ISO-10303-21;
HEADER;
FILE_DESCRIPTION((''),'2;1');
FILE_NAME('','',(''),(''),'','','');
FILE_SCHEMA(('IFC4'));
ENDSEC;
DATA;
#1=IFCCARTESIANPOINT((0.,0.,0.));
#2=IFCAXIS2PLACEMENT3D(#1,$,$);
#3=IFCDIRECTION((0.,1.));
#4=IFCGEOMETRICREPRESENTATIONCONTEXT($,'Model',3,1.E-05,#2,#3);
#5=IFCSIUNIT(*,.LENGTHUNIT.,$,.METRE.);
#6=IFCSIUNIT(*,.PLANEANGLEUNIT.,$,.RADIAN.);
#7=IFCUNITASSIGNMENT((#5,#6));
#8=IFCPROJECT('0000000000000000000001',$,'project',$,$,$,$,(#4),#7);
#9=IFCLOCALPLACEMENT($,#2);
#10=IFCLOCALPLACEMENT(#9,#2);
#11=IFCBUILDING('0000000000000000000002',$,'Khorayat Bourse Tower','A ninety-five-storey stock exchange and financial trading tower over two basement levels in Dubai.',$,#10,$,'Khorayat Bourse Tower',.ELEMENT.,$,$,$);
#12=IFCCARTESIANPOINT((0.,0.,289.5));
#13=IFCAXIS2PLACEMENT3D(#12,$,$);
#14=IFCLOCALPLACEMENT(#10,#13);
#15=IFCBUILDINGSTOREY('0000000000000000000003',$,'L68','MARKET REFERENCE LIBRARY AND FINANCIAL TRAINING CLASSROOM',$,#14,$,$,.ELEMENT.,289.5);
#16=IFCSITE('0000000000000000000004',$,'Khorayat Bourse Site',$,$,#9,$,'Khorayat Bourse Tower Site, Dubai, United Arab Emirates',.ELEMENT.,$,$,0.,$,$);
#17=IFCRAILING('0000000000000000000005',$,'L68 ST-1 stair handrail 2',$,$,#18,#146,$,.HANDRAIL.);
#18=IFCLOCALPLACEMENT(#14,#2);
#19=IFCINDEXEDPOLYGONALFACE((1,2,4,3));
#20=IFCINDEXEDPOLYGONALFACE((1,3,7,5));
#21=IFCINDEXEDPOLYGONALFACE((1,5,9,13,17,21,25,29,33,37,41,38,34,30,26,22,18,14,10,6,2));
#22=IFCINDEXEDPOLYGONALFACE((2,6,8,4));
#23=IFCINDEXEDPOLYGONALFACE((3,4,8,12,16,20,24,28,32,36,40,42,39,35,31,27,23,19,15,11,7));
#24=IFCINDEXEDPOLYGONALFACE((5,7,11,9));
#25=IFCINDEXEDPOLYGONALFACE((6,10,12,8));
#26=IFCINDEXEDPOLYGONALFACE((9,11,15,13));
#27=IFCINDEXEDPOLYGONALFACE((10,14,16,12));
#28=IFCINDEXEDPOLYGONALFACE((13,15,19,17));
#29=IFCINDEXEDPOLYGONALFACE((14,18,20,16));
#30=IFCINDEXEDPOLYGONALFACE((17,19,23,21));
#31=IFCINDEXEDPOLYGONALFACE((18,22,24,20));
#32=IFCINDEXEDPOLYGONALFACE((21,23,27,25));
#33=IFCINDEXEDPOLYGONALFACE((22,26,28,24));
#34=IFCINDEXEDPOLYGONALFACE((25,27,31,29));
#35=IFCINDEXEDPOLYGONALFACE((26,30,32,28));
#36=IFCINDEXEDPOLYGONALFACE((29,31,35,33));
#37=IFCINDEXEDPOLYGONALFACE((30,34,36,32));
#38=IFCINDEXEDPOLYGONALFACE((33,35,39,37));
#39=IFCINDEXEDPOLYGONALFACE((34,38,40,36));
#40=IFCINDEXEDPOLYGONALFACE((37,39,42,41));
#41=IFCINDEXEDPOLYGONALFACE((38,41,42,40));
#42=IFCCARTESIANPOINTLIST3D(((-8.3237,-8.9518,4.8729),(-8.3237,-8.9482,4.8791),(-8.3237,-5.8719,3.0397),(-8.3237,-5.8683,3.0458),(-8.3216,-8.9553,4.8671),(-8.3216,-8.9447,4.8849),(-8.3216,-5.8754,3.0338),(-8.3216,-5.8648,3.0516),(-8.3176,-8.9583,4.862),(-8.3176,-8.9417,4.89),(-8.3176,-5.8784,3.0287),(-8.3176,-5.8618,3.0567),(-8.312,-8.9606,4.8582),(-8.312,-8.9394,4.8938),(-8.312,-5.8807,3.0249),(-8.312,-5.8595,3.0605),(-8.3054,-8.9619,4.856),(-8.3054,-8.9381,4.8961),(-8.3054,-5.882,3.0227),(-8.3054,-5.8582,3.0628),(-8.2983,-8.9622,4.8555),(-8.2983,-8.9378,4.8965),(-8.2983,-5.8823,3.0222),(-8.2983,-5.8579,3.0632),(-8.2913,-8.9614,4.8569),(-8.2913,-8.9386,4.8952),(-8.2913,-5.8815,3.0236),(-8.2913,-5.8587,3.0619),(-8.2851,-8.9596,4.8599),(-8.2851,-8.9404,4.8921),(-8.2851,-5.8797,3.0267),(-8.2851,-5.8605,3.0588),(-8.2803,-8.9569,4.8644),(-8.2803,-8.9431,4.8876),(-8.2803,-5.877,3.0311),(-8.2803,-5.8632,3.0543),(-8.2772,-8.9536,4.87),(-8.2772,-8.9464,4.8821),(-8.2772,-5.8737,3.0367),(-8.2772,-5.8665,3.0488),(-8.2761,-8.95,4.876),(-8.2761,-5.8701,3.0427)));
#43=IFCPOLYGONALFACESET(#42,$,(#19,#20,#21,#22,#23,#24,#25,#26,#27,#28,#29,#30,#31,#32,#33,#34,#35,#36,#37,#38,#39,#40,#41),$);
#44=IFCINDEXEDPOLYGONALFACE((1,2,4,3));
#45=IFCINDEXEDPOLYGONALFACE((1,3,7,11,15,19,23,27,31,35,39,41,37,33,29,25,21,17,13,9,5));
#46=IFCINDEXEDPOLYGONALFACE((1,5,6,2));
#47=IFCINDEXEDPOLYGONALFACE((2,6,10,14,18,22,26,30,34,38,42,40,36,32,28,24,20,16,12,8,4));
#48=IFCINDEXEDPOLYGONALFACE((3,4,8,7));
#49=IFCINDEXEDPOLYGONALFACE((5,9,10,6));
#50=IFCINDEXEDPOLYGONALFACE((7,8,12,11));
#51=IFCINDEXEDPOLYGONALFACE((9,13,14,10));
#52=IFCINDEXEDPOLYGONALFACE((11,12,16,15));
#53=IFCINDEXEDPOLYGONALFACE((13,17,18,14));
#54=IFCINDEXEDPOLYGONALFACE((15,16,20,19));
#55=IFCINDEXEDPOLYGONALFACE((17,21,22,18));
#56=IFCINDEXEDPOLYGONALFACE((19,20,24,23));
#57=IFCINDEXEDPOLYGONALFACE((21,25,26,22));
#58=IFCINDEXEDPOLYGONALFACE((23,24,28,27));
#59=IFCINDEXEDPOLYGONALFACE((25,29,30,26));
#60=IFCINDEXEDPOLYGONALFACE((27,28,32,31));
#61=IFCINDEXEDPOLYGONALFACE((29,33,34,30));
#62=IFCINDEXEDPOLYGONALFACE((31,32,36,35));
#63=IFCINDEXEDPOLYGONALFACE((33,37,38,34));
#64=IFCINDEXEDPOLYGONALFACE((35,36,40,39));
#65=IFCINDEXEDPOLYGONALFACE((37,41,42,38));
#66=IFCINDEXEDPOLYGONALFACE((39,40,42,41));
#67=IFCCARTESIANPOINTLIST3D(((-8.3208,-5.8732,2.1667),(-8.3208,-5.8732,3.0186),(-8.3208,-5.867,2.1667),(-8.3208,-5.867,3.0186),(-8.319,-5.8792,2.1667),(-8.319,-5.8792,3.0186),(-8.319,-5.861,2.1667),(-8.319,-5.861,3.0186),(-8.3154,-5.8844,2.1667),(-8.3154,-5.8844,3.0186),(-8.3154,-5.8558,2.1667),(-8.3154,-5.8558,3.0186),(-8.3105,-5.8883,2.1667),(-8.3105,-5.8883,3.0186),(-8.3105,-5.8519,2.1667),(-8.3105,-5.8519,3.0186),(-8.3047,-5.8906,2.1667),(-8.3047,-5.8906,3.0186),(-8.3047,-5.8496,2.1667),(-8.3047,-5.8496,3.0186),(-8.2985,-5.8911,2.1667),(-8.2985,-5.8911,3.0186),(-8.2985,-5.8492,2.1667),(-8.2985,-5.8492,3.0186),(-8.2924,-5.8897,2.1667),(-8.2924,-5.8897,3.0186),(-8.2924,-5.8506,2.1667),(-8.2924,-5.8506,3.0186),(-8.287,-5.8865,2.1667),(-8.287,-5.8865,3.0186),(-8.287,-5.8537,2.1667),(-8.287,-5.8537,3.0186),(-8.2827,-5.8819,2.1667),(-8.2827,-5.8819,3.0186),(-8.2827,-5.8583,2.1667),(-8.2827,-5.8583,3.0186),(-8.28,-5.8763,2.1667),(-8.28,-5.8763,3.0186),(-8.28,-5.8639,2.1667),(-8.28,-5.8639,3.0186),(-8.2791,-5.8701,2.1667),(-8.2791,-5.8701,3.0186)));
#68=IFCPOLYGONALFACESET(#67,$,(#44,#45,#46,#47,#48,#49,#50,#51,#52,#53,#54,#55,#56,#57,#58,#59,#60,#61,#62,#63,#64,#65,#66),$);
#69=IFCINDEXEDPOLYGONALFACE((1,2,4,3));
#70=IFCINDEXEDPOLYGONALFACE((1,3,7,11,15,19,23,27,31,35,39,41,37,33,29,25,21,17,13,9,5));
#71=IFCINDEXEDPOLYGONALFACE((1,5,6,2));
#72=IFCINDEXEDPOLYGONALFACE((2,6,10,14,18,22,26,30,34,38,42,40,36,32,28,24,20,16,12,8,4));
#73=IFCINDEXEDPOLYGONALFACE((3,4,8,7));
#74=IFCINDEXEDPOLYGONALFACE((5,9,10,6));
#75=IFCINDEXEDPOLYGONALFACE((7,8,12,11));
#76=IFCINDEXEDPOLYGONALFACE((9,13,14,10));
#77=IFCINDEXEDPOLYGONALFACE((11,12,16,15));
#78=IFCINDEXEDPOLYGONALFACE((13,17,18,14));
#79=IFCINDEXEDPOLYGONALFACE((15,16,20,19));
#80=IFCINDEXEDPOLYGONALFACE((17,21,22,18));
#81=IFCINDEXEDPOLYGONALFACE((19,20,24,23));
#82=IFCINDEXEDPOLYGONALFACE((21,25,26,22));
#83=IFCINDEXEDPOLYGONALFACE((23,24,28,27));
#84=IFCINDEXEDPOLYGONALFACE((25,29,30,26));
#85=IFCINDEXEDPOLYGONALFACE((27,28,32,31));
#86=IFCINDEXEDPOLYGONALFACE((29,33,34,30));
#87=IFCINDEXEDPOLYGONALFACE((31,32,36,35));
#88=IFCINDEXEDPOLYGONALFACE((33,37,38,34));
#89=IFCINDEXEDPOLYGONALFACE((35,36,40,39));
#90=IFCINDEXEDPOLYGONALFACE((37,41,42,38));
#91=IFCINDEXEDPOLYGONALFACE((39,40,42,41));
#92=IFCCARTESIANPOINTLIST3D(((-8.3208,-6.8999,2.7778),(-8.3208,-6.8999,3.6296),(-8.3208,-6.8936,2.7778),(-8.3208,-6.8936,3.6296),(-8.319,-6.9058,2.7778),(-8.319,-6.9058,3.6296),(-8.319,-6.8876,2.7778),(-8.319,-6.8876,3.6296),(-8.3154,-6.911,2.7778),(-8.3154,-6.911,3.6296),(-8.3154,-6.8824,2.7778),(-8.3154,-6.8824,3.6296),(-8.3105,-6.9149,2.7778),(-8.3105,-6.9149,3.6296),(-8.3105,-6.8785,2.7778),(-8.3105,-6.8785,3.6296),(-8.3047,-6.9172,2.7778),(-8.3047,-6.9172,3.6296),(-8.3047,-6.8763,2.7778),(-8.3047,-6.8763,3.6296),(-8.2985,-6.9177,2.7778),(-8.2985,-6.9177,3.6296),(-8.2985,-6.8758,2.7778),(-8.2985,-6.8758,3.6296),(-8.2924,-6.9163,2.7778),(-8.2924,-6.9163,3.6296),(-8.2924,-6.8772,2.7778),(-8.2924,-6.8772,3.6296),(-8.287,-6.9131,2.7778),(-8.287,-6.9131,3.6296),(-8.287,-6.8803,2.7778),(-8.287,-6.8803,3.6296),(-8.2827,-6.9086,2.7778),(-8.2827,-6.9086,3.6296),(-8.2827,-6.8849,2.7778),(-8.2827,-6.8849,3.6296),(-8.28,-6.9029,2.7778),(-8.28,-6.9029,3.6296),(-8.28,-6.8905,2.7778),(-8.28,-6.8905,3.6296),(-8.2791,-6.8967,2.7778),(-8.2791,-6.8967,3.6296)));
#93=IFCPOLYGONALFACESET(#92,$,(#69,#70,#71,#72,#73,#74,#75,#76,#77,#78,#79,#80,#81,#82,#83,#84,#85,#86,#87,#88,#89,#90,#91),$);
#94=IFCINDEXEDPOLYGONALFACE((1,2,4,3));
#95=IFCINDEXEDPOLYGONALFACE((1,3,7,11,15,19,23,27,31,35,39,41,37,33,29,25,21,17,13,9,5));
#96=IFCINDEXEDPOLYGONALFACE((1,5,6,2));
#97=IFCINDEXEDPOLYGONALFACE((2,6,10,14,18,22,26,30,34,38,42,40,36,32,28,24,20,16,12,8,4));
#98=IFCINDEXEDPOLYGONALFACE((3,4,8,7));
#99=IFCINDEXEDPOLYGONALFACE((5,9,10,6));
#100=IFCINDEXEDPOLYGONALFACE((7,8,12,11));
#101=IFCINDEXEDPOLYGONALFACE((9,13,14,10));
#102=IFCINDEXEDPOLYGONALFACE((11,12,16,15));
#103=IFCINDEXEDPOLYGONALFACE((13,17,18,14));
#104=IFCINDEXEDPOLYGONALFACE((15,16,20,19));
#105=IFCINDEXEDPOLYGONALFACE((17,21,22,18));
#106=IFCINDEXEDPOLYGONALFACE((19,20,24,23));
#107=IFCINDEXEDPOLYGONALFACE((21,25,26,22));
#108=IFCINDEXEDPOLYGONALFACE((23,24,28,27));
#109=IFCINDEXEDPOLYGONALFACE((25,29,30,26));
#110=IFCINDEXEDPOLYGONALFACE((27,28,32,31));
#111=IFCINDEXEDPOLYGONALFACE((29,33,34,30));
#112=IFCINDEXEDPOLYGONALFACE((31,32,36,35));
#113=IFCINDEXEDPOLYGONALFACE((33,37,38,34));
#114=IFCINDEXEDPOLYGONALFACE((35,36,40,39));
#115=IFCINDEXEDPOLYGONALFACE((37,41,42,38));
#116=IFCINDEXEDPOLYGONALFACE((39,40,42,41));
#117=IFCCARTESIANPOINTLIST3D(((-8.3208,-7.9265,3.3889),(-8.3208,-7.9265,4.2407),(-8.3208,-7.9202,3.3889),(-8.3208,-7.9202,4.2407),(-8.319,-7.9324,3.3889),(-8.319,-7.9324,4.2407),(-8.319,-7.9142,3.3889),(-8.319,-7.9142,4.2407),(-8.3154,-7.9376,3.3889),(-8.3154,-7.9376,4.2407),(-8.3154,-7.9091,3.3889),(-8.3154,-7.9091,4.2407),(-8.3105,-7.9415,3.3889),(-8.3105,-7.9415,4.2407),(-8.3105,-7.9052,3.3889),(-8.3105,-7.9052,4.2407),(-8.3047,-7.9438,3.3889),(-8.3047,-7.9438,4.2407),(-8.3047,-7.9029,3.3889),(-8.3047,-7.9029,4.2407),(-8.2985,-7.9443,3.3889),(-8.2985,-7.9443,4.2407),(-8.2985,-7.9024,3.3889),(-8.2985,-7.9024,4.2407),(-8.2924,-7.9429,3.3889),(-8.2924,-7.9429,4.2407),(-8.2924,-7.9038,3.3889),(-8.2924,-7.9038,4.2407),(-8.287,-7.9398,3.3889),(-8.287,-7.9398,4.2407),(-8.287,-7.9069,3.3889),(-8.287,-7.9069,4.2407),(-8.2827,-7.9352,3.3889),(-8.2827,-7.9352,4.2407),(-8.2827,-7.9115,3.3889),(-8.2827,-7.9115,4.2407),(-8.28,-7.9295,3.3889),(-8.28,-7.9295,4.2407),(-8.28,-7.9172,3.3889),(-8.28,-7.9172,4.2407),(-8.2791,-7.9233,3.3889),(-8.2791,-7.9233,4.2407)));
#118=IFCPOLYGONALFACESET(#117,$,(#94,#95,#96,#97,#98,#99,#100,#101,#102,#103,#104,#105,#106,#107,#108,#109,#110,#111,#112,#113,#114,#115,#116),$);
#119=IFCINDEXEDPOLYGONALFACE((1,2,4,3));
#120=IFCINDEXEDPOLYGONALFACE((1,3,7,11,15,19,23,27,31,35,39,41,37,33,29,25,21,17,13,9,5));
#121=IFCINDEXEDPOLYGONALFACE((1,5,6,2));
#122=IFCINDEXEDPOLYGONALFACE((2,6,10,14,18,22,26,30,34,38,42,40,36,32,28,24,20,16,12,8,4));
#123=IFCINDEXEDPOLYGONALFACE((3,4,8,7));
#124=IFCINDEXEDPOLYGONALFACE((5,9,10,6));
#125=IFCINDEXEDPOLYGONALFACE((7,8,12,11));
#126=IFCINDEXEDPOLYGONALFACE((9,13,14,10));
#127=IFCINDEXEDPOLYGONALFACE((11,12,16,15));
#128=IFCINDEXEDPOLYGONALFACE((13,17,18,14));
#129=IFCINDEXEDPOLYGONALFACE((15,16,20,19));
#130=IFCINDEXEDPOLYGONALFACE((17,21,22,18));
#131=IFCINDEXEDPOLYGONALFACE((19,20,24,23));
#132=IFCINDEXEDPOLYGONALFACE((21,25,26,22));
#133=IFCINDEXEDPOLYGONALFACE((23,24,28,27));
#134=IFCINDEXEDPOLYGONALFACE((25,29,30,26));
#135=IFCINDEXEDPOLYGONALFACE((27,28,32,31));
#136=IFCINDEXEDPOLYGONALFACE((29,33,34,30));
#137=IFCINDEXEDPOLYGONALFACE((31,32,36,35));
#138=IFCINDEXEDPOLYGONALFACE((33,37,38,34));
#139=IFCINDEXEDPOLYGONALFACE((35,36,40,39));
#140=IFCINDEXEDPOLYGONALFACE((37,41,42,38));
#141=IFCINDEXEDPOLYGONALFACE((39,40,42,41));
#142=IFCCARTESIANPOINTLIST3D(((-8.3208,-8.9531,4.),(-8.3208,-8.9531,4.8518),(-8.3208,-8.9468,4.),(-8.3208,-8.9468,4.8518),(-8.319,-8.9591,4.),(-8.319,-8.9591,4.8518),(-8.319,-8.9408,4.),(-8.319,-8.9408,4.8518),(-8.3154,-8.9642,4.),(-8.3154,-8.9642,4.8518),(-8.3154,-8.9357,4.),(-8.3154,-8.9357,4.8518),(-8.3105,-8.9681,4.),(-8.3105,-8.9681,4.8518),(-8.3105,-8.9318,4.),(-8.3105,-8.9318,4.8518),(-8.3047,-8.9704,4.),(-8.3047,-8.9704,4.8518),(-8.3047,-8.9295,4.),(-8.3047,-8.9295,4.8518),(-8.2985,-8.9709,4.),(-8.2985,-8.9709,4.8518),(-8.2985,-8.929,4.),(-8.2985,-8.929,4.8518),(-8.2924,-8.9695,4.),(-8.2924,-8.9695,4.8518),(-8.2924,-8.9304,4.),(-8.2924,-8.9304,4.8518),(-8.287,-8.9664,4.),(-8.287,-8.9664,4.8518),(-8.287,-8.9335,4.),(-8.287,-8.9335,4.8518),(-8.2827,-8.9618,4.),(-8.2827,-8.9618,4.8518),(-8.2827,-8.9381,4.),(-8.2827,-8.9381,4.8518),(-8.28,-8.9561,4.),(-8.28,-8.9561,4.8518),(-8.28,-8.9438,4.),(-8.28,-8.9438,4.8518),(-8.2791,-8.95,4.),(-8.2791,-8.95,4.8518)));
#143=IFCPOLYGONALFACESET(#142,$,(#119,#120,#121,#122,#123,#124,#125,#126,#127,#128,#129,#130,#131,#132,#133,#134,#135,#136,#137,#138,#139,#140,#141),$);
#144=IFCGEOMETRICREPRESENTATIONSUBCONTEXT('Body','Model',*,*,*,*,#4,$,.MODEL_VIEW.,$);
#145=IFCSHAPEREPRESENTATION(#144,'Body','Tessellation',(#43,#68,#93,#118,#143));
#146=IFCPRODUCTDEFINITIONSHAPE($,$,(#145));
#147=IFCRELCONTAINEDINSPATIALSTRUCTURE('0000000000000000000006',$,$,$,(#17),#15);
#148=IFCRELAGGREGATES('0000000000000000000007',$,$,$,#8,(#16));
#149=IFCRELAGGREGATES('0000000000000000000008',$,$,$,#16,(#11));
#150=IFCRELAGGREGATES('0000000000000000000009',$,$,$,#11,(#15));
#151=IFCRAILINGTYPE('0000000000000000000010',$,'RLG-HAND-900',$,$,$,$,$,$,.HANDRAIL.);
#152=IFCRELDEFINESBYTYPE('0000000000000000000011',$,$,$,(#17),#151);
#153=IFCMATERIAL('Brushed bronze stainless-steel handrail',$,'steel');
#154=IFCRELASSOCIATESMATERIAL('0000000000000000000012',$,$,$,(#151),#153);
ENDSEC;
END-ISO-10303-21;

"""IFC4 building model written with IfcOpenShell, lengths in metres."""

from ifc_helpers import new_model, si_unit, direction, frame, origin, origin_2d, place, context, subcontext, project, spatial, circle, extrude, source, transform, mapped, material, type_object, element, save


model = new_model("IFC4")

# Units and contexts
model_context = context("Model", 3, precision=1e-05, world=origin(), true_north=direction((0.0, 1.0)))
body_context = subcontext(model_context, "Body", "Model", "MODEL_VIEW")
ifc_project = project(units=[si_unit("LENGTHUNIT", "METRE"), si_unit("PLANEANGLEUNIT", "RADIAN")], contexts=[model_context])

# Site, building, storey
site_placement = place(None, origin())
site = spatial("IfcSite", under=ifc_project, at=site_placement, Name="Khorayat Bourse Site", LongName="Khorayat Bourse Tower Site, Dubai, United Arab Emirates", CompositionType="ELEMENT", RefElevation=0.0)
building_placement = place(site_placement, origin())
building = spatial("IfcBuilding", under=site, at=building_placement, Name="Khorayat Bourse Tower", Description="A ninety-five-storey stock exchange and financial trading tower over two basement levels in Dubai.", LongName="Khorayat Bourse Tower", CompositionType="ELEMENT")
storey_placement = place(building_placement, frame((0.0, 0.0, 289.5)))
storey = spatial("IfcBuildingStorey", under=building, at=storey_placement, Name="L68", Description="MARKET REFERENCE LIBRARY AND FINANCIAL TRAINING CLASSROOM", CompositionType="ELEMENT", Elevation=289.5)

# Railing
ifc_material_1 = material(Name="Brushed bronze stainless-steel handrail", Category="steel")
railing_type_1 = type_object("IfcRailingType", Name="RLG-HAND-900", PredefinedType="HANDRAIL", material=ifc_material_1)
shared_shape_1 = source(origin(), body_context, "Body", "SweptSolid", [
    extrude(circle(Radius=0.0239, at=origin_2d()), frame((0.0, 0.0, 0.876), z_axis=(0.0, -0.859291, 0.511487), x_axis=(1.0, 0.0, 0.0)), (0.0, 0.0, 1.0), 3.5842),
    extrude(circle(Radius=0.021, at=origin_2d()), origin(), (0.0, 0.0, 1.0), 0.8518),
    extrude(circle(Radius=0.021, at=origin_2d()), frame((0.0, -1.0266, 0.6111)), (0.0, 0.0, 1.0), 0.8518),
    extrude(circle(Radius=0.021, at=origin_2d()), frame((0.0, -2.0532, 1.2222)), (0.0, 0.0, 1.0), 0.8518),
    extrude(circle(Radius=0.021, at=origin_2d()), frame((0.0, -3.0798, 1.8333)), (0.0, 0.0, 1.0), 0.8518),
])
railing_1_placement = place(storey_placement, frame((-8.3, -5.8701, 2.1667)))
element("IfcRailing", 1, at=railing_1_placement, inside=storey, type_object=railing_type_1, Name="L68 ST-1 stair handrail 2", PredefinedType="HANDRAIL", context=body_context, shape_type="MappedRepresentation", body=[
    mapped(shared_shape_1, transform((0.0, 0.0, 0.0), scale=1.0)),
])

save(model, "model.ifc")
